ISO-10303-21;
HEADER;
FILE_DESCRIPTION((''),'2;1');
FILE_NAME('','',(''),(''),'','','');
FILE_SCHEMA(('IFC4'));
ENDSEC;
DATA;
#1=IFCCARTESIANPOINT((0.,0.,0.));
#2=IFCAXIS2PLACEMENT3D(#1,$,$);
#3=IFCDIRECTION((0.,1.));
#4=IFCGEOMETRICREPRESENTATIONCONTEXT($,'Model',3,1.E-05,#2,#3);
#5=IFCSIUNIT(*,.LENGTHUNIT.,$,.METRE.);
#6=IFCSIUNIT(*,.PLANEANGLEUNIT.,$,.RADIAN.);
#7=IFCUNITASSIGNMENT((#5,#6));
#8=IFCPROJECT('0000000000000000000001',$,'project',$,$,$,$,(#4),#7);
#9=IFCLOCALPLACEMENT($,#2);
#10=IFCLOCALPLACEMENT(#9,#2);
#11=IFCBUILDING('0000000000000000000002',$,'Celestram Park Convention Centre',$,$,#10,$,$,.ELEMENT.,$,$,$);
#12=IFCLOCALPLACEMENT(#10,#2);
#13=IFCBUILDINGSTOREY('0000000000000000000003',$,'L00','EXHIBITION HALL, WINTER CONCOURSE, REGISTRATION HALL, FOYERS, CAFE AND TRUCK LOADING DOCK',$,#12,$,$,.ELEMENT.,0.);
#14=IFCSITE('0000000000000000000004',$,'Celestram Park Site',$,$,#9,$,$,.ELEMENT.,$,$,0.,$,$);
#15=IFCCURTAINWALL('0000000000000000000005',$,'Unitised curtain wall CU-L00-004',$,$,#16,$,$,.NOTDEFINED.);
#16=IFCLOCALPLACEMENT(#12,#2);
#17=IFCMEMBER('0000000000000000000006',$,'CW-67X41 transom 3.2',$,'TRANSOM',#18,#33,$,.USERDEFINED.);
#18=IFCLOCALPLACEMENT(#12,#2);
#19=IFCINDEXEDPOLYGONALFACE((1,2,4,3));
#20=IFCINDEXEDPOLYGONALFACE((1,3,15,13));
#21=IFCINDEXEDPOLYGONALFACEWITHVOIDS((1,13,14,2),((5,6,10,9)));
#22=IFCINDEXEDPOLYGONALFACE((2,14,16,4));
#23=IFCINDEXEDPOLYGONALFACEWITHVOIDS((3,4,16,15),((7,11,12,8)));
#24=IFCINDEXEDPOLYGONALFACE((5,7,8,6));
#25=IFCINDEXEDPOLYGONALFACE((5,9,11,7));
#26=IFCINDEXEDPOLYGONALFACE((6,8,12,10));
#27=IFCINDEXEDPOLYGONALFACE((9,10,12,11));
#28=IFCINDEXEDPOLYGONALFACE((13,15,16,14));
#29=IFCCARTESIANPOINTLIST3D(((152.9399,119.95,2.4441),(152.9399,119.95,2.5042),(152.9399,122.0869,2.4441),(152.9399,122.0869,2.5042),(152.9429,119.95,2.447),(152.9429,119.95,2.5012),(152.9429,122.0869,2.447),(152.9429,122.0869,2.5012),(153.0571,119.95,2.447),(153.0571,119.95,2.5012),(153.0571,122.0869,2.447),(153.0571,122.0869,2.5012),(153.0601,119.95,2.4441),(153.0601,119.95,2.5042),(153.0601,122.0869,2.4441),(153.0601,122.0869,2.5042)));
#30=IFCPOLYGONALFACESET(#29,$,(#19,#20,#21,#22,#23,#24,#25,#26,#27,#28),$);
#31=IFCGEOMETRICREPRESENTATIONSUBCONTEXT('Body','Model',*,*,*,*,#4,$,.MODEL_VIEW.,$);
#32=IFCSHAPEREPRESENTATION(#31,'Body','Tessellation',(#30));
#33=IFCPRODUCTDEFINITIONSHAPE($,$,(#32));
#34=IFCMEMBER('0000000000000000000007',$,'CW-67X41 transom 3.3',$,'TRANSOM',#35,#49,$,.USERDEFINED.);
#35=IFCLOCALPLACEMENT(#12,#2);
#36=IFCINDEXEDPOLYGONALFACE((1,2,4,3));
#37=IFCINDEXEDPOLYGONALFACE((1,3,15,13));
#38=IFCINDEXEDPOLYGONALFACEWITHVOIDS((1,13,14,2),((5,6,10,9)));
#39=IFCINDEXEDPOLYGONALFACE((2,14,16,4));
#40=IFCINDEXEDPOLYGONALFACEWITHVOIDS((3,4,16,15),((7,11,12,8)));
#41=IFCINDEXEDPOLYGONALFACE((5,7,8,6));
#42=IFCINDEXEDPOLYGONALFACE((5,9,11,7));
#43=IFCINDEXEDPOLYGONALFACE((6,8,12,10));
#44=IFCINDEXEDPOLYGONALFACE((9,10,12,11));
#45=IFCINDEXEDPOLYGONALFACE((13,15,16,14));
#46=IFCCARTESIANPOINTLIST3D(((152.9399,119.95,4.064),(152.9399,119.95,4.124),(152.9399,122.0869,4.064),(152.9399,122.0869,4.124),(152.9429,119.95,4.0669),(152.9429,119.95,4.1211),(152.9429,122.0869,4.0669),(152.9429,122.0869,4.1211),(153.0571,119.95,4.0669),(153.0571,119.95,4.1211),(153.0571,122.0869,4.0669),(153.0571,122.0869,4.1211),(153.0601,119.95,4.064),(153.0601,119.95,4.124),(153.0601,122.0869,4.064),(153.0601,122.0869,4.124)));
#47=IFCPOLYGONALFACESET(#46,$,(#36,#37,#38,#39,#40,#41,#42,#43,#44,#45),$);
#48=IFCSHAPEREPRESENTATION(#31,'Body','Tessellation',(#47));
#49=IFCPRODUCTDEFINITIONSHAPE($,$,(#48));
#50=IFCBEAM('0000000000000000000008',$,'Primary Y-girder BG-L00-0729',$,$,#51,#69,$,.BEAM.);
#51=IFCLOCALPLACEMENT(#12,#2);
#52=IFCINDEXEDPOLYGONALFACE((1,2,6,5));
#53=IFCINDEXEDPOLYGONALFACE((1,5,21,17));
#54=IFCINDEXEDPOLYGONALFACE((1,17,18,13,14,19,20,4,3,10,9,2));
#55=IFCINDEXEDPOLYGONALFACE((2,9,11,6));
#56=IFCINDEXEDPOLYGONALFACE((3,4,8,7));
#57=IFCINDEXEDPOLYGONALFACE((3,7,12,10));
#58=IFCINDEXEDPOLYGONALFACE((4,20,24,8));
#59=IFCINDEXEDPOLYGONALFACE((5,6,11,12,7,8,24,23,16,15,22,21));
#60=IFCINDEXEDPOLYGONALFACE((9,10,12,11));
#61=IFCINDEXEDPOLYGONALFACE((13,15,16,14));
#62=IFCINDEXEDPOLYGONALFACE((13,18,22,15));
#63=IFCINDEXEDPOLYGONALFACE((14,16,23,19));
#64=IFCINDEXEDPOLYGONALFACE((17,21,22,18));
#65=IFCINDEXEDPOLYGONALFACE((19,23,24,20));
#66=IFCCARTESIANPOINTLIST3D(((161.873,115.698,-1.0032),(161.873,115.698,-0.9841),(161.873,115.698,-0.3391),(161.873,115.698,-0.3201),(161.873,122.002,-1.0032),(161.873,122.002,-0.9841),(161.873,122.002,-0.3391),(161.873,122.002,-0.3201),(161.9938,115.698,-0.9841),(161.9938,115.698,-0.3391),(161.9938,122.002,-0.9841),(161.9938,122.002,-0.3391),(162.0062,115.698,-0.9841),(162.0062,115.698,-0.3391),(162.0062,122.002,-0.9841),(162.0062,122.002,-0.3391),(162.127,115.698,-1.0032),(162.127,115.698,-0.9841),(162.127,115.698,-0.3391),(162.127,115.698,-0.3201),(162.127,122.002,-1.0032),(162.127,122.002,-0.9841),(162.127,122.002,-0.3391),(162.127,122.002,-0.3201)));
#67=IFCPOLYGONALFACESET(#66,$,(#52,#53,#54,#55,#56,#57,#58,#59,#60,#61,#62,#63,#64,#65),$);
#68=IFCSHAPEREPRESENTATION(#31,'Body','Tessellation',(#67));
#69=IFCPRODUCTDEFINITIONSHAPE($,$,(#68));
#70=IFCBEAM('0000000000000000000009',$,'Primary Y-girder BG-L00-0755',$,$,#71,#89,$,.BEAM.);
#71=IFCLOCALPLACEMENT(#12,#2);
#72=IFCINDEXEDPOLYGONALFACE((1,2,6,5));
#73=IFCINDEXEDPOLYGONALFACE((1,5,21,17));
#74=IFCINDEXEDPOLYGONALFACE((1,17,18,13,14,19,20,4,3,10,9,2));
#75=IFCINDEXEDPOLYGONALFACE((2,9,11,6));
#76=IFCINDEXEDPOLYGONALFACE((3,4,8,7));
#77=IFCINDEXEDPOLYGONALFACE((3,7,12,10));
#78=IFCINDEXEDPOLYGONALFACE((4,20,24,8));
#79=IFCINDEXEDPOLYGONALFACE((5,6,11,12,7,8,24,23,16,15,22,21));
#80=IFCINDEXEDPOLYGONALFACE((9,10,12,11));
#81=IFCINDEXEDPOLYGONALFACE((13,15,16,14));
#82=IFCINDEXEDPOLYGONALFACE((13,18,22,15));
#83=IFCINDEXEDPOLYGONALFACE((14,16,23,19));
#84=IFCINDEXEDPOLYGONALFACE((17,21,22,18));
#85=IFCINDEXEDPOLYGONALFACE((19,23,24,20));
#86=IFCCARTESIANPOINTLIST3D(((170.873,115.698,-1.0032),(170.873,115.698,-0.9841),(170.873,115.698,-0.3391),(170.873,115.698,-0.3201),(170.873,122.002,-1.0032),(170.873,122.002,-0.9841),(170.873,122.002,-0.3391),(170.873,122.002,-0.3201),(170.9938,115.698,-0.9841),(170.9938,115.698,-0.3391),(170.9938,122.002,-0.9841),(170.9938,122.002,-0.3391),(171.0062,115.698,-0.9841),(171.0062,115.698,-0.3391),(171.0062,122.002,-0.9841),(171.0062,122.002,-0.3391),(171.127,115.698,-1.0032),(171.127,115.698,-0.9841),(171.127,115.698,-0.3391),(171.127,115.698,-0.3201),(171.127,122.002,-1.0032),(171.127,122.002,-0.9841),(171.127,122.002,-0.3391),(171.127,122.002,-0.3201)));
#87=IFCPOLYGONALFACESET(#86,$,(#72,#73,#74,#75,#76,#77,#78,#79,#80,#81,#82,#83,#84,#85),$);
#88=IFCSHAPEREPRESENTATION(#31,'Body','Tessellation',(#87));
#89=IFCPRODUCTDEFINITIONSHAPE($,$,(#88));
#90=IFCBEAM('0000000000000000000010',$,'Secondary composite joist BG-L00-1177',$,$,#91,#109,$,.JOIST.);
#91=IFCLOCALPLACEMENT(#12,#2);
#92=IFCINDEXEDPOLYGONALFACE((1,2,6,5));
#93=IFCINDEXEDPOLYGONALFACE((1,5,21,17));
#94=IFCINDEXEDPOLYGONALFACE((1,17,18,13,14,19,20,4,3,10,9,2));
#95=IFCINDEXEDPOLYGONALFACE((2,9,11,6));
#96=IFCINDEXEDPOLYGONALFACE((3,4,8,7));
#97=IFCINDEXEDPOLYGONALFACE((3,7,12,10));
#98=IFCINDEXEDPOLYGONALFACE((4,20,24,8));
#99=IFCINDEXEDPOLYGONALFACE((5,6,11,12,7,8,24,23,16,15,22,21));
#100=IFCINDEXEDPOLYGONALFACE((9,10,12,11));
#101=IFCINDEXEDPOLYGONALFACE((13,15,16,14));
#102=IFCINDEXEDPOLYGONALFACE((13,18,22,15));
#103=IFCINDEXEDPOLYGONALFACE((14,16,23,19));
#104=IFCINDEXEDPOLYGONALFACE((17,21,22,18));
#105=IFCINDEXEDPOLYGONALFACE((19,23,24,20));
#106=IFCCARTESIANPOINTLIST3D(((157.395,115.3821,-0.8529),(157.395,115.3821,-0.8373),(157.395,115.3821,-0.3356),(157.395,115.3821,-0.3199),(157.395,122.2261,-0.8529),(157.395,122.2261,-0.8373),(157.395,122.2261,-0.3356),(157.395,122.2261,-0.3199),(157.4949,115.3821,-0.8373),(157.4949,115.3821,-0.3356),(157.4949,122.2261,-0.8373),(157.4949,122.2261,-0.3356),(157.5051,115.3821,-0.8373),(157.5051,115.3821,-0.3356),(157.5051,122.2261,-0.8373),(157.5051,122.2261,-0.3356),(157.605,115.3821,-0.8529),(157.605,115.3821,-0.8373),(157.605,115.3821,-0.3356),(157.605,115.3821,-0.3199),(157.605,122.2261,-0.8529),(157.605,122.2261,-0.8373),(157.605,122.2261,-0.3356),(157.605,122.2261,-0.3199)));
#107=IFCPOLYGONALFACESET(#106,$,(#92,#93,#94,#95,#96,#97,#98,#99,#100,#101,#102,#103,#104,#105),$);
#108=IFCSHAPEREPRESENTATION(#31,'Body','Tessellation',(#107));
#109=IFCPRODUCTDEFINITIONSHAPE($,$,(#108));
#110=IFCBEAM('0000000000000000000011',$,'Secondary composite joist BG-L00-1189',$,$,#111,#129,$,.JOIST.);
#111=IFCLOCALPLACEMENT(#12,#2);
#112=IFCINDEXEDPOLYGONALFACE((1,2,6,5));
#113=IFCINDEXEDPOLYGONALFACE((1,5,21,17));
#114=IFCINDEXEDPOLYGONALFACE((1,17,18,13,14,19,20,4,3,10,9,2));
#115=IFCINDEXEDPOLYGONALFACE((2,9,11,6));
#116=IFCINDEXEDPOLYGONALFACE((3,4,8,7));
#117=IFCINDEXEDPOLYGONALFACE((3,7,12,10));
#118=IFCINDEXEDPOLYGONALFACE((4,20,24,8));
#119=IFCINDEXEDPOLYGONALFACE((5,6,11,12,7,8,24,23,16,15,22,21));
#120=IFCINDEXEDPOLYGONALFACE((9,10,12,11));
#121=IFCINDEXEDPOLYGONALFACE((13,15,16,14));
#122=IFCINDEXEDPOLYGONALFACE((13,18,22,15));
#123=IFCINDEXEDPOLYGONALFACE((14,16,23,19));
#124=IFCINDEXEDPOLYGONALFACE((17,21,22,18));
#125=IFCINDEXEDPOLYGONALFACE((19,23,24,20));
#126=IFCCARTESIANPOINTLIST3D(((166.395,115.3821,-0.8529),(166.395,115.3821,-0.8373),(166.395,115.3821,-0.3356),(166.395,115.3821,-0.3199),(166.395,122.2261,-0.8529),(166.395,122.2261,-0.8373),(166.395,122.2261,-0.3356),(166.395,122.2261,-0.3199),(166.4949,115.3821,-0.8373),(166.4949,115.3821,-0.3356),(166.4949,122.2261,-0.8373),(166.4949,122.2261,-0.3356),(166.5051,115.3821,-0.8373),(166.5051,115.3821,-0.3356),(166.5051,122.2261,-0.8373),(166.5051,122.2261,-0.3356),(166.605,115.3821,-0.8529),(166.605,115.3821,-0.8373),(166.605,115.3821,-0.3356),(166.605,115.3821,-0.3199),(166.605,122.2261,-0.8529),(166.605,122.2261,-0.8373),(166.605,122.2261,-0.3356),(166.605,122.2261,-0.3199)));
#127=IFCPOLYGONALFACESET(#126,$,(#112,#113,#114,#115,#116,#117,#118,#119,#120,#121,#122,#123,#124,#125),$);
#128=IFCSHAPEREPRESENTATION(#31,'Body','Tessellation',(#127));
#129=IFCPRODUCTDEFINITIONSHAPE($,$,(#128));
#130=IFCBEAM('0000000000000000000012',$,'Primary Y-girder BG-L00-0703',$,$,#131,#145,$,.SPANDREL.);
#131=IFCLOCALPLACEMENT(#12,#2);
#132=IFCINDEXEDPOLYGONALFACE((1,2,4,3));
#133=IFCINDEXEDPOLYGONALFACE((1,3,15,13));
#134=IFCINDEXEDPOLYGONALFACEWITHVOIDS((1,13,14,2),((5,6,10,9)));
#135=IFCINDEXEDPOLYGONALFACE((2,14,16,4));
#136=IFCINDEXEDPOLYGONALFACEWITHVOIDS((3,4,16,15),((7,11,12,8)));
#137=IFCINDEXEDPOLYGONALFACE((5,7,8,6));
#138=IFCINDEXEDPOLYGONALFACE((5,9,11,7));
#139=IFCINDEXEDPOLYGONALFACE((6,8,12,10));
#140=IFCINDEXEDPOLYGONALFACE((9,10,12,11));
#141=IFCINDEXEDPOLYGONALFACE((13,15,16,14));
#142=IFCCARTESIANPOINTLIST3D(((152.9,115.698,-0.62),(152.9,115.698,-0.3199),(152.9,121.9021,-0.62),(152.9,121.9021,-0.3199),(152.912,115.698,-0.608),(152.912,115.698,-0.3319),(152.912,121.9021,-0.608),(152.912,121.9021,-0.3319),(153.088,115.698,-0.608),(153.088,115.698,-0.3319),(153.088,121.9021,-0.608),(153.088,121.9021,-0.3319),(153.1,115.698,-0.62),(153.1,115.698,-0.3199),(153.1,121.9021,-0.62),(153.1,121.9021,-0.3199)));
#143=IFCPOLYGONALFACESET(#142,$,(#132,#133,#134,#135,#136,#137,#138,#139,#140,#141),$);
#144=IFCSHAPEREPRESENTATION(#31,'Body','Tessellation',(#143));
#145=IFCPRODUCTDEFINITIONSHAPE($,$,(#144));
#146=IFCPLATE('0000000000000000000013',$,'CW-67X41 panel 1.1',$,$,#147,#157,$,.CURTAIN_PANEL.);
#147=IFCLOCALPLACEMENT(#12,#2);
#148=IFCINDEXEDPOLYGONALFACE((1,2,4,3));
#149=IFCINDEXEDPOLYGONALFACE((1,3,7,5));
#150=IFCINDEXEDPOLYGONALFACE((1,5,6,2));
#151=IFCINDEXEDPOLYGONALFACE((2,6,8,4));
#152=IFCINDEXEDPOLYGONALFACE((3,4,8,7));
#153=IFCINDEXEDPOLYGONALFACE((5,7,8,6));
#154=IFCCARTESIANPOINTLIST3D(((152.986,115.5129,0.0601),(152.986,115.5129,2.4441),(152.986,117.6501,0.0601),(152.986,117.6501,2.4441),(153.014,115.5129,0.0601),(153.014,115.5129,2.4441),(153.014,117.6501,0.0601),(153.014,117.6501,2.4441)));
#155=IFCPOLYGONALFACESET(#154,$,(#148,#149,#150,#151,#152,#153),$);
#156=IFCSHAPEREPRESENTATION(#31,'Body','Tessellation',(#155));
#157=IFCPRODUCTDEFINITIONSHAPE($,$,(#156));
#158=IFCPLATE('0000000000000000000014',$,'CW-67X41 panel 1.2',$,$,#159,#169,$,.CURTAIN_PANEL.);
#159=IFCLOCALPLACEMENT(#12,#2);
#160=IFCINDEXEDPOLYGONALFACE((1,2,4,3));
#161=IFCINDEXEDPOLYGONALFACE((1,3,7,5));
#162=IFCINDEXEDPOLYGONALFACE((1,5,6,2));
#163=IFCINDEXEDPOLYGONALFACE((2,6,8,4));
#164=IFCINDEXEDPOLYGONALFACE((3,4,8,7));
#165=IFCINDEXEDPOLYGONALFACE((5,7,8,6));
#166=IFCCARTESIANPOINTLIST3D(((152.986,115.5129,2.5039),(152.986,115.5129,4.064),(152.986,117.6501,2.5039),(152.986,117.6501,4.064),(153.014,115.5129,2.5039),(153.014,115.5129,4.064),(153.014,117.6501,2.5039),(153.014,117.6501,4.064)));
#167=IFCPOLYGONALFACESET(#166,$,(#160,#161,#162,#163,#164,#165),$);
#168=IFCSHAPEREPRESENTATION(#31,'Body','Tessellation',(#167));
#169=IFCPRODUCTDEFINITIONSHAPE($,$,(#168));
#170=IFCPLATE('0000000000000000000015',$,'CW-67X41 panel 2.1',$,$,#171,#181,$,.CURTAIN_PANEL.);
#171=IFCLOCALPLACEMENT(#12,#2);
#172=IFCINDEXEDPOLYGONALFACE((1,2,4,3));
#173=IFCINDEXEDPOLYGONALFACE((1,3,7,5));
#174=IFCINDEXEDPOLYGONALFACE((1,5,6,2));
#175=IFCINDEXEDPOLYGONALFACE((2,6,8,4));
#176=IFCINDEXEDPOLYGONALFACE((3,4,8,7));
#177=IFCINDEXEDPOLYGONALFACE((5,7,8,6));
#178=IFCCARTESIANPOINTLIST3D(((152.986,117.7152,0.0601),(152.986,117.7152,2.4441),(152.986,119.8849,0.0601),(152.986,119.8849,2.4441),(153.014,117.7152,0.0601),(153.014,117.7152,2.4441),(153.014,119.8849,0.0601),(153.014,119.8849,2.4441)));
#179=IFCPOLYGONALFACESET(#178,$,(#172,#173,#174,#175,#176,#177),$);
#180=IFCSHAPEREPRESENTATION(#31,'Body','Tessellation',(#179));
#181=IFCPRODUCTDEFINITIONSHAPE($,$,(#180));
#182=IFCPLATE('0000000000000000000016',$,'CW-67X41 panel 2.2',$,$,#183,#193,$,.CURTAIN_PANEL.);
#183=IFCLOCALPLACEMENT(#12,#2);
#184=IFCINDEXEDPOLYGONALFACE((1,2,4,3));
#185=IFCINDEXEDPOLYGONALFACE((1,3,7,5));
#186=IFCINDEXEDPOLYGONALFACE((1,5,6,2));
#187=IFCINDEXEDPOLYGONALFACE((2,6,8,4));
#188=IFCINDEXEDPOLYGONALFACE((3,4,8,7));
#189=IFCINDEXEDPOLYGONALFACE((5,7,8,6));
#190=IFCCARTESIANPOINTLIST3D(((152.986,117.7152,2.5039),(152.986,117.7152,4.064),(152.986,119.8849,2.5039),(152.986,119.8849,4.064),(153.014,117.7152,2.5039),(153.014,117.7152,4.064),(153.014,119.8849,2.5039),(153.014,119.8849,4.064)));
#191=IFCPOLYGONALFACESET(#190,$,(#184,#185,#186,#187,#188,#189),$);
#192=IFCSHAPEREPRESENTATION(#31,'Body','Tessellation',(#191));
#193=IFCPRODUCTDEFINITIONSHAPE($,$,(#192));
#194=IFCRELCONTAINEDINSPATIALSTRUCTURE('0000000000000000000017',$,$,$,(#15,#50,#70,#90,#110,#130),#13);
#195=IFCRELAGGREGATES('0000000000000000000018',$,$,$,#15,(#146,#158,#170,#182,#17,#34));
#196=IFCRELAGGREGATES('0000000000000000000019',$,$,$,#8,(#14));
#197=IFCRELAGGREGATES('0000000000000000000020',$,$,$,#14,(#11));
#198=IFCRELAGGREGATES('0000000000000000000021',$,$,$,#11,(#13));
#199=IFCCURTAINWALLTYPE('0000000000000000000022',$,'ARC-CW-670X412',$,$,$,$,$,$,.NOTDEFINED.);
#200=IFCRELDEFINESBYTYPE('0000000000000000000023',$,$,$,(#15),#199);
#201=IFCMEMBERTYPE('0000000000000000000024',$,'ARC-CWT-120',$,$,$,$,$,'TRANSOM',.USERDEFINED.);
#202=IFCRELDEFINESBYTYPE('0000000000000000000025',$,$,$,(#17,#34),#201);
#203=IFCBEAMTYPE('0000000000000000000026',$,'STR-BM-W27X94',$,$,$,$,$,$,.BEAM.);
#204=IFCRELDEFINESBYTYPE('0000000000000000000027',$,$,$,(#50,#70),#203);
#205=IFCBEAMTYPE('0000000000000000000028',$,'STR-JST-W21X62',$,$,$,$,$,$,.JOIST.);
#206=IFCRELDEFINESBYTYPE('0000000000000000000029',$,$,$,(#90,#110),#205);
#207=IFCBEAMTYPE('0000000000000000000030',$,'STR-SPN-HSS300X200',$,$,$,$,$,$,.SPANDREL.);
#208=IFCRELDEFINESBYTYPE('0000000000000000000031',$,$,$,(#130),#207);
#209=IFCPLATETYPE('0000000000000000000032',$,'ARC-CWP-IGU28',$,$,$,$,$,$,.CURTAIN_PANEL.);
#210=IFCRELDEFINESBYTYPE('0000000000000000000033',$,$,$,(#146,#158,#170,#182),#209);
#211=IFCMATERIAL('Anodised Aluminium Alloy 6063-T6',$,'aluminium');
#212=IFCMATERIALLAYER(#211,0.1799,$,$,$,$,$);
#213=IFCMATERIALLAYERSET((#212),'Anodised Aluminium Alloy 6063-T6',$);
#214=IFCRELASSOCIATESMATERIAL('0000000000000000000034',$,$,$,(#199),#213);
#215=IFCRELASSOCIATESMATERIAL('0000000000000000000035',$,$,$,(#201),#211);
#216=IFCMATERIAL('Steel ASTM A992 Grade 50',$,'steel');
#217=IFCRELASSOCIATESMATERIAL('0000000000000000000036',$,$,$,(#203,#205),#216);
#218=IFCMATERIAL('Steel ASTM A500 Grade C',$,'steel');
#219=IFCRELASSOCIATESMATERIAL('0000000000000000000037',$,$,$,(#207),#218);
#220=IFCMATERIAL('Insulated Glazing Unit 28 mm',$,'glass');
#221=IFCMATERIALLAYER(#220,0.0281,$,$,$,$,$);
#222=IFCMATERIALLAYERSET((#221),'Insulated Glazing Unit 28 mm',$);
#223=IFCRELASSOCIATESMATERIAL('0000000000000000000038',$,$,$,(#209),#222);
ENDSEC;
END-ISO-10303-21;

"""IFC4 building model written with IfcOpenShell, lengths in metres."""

from ifc_helpers import new_model, si_unit, direction, frame, origin, origin_2d, place, context, subcontext, project, spatial, rectangle, hollow_rectangle, i_section, extrude, material, layer, layer_set, material_profile, profile_set, type_object, element, aggregate, save


model = new_model("IFC4")

# Units and contexts
model_context = context("Model", 3, precision=1e-05, world=origin(), true_north=direction((0.0, 1.0)))
body_context = subcontext(model_context, "Body", "Model", "MODEL_VIEW")
ifc_project = project(units=[si_unit("LENGTHUNIT", "METRE"), si_unit("PLANEANGLEUNIT", "RADIAN")], contexts=[model_context])

# Site, building, storey
site_placement = place(None, origin())
site = spatial("IfcSite", under=ifc_project, at=site_placement, Name="Celestram Park Site", CompositionType="ELEMENT", RefElevation=0.0)
building_placement = place(site_placement, origin())
building = spatial("IfcBuilding", under=site, at=building_placement, Name="Celestram Park Convention Centre", CompositionType="ELEMENT")
storey_placement = place(building_placement, origin())
storey = spatial("IfcBuildingStorey", under=building, at=storey_placement, Name="L00", Description="EXHIBITION HALL, WINTER CONCOURSE, REGISTRATION HALL, FOYERS, CAFE AND TRUCK LOADING DOCK", CompositionType="ELEMENT", Elevation=0.0)

# Curtain wall, members
ifc_material_1 = material(Name="Anodised Aluminium Alloy 6063-T6", Category="aluminium")
ifc_layer_1 = layer(ifc_material_1, 0.1799)
ifc_layer_set_1 = layer_set([ifc_layer_1], Name="Anodised Aluminium Alloy 6063-T6")
curtain_wall_type = type_object("IfcCurtainWallType", Name="ARC-CW-670X412", PredefinedType="NOTDEFINED", material=ifc_layer_set_1)
curtain_wall_placement = place(storey_placement, origin())
curtain_wall = element("IfcCurtainWall", 1, at=curtain_wall_placement, inside=storey, type_object=curtain_wall_type, Name="Unitised curtain wall CU-L00-004", PredefinedType="NOTDEFINED")
ifc_material_profile_1 = material_profile(ifc_material_1, hollow_rectangle(XDim=0.1201, YDim=0.0601, WallThickness=0.0029, at=origin_2d()), Name="ALU120X60X3")
ifc_profile_set_1 = profile_set([ifc_material_profile_1], Name="Anodised Aluminium Alloy 6063-T6")
member_type_1 = type_object("IfcMemberType", Name="ARC-CWT-120", ElementType="TRANSOM", PredefinedType="USERDEFINED", material=ifc_profile_set_1)
member_1_placement = place(storey_placement, frame((153.0, 119.95, 2.4741), z_axis=(0.0, 1.0, 0.0), x_axis=(-1.0, 0.0, 0.0)))
member_1 = element("IfcMember", 2, at=member_1_placement, type_object=member_type_1, Name="CW-67X41 transom 3.2", ObjectType="TRANSOM", PredefinedType="USERDEFINED", context=body_context, shape_type="SweptSolid", body=[
    extrude(hollow_rectangle(XDim=0.1201, YDim=0.0601, WallThickness=0.0029, at=origin_2d()), origin(), (0.0, 0.0, 1.0), 2.137),
])
member_2_placement = place(storey_placement, frame((153.0, 119.95, 4.094), z_axis=(0.0, 1.0, 0.0), x_axis=(-1.0, 0.0, 0.0)))
member_2 = element("IfcMember", 3, at=member_2_placement, type_object=member_type_1, Name="CW-67X41 transom 3.3", ObjectType="TRANSOM", PredefinedType="USERDEFINED", context=body_context, shape_type="SweptSolid", body=[
    extrude(hollow_rectangle(XDim=0.1201, YDim=0.0601, WallThickness=0.0029, at=origin_2d()), origin(), (0.0, 0.0, 1.0), 2.137),
])

# Beams
ifc_material_2 = material(Name="Steel ASTM A992 Grade 50", Category="steel")
ifc_material_profile_2 = material_profile(ifc_material_2, i_section(OverallWidth=0.2539, OverallDepth=0.6831, WebThickness=0.0125, FlangeThickness=0.019, at=origin_2d()), Name="W27X94")
ifc_profile_set_2 = profile_set([ifc_material_profile_2], Name="Steel ASTM A992 Grade 50")
beam_type_1 = type_object("IfcBeamType", Name="STR-BM-W27X94", PredefinedType="BEAM", material=ifc_profile_set_2)
for number, where, z_axis, x_axis, name in (
    (4, (162.0, 115.698, -0.6616), (0.0, 1.0, 0.0), (-1.0, 0.0, 0.0), "Primary Y-girder BG-L00-0729"),
    (5, (171.0, 115.698, -0.6616), (0.0, 1.0, 0.0), (-1.0, 0.0, 0.0), "Primary Y-girder BG-L00-0755"),
):
    element("IfcBeam", number, at=place(storey_placement, frame(where, z_axis=z_axis, x_axis=x_axis)), inside=storey, type_object=beam_type_1, Name=name, PredefinedType="BEAM", context=body_context, shape_type="SweptSolid", body=[
        extrude(i_section(OverallWidth=0.2539, OverallDepth=0.6831, WebThickness=0.0125, FlangeThickness=0.019, at=origin_2d()), origin(), (0.0, 0.0, 1.0), 6.304),
    ])
ifc_material_profile_3 = material_profile(ifc_material_2, i_section(OverallWidth=0.21, OverallDepth=0.533, WebThickness=0.0103, FlangeThickness=0.0156, at=origin_2d()), Name="W21X62")
ifc_profile_set_3 = profile_set([ifc_material_profile_3], Name="Steel ASTM A992 Grade 50")
beam_type_2 = type_object("IfcBeamType", Name="STR-JST-W21X62", PredefinedType="JOIST", material=ifc_profile_set_3)
for number, where, z_axis, x_axis, name in (
    (6, (157.5, 115.3821, -0.5864), (0.0, 1.0, 0.0), (-1.0, 0.0, 0.0), "Secondary composite joist BG-L00-1177"),
    (7, (166.5, 115.3821, -0.5864), (0.0, 1.0, 0.0), (-1.0, 0.0, 0.0), "Secondary composite joist BG-L00-1189"),
):
    element("IfcBeam", number, at=place(storey_placement, frame(where, z_axis=z_axis, x_axis=x_axis)), inside=storey, type_object=beam_type_2, Name=name, PredefinedType="JOIST", context=body_context, shape_type="SweptSolid", body=[
        extrude(i_section(OverallWidth=0.21, OverallDepth=0.533, WebThickness=0.0103, FlangeThickness=0.0156, at=origin_2d()), origin(), (0.0, 0.0, 1.0), 6.844),
    ])
ifc_material_3 = material(Name="Steel ASTM A500 Grade C", Category="steel")
ifc_material_profile_4 = material_profile(ifc_material_3, hollow_rectangle(XDim=0.2, YDim=0.3, WallThickness=0.012, at=origin_2d()), Name="HSS300X200X12")
ifc_profile_set_4 = profile_set([ifc_material_profile_4], Name="Steel ASTM A500 Grade C")
beam_type_3 = type_object("IfcBeamType", Name="STR-SPN-HSS300X200", PredefinedType="SPANDREL", material=ifc_profile_set_4)
beam_placement = place(storey_placement, frame((153.0, 115.698, -0.47), z_axis=(0.0, 1.0, 0.0), x_axis=(-1.0, 0.0, 0.0)))
element("IfcBeam", 8, at=beam_placement, inside=storey, type_object=beam_type_3, Name="Primary Y-girder BG-L00-0703", PredefinedType="SPANDREL", context=body_context, shape_type="SweptSolid", body=[
    extrude(hollow_rectangle(XDim=0.2, YDim=0.3, WallThickness=0.012, at=origin_2d()), origin(), (0.0, 0.0, 1.0), 6.2041),
])

# Plates
ifc_material_4 = material(Name="Insulated Glazing Unit 28 mm", Category="glass")
ifc_layer_2 = layer(ifc_material_4, 0.0281)
ifc_layer_set_2 = layer_set([ifc_layer_2], Name="Insulated Glazing Unit 28 mm")
plate_type = type_object("IfcPlateType", Name="ARC-CWP-IGU28", PredefinedType="CURTAIN_PANEL", material=ifc_layer_set_2)
plate_1_placement = place(storey_placement, frame((153.0, 116.5815, 0.0601), z_axis=(0.0, 0.0, 1.0), x_axis=(0.0, 1.0, 0.0)))
plate_1 = element("IfcPlate", 9, at=plate_1_placement, type_object=plate_type, Name="CW-67X41 panel 1.1", PredefinedType="CURTAIN_PANEL", context=body_context, shape_type="SweptSolid", body=[
    extrude(rectangle(XDim=2.1372, YDim=0.0281, at=origin_2d()), origin(), (0.0, 0.0, 1.0), 2.384),
])
plate_2_placement = place(storey_placement, frame((153.0, 116.5815, 2.5039), z_axis=(0.0, 0.0, 1.0), x_axis=(0.0, 1.0, 0.0)))
plate_2 = element("IfcPlate", 10, at=plate_2_placement, type_object=plate_type, Name="CW-67X41 panel 1.2", PredefinedType="CURTAIN_PANEL", context=body_context, shape_type="SweptSolid", body=[
    extrude(rectangle(XDim=2.1372, YDim=0.0281, at=origin_2d()), origin(), (0.0, 0.0, 1.0), 1.5601),
])
plate_3_placement = place(storey_placement, frame((153.0, 118.8, 0.0601), z_axis=(0.0, 0.0, 1.0), x_axis=(0.0, 1.0, 0.0)))
plate_3 = element("IfcPlate", 11, at=plate_3_placement, type_object=plate_type, Name="CW-67X41 panel 2.1", PredefinedType="CURTAIN_PANEL", context=body_context, shape_type="SweptSolid", body=[
    extrude(rectangle(XDim=2.1697, YDim=0.0281, at=origin_2d()), origin(), (0.0, 0.0, 1.0), 2.384),
])
plate_4_placement = place(storey_placement, frame((153.0, 118.8, 2.5039), z_axis=(0.0, 0.0, 1.0), x_axis=(0.0, 1.0, 0.0)))
plate_4 = element("IfcPlate", 12, at=plate_4_placement, type_object=plate_type, Name="CW-67X41 panel 2.2", PredefinedType="CURTAIN_PANEL", context=body_context, shape_type="SweptSolid", body=[
    extrude(rectangle(XDim=2.1697, YDim=0.0281, at=origin_2d()), origin(), (0.0, 0.0, 1.0), 1.5601),
])
aggregate(curtain_wall, [plate_1, plate_2, plate_3, plate_4, member_1, member_2])

save(model, "model.ifc")
